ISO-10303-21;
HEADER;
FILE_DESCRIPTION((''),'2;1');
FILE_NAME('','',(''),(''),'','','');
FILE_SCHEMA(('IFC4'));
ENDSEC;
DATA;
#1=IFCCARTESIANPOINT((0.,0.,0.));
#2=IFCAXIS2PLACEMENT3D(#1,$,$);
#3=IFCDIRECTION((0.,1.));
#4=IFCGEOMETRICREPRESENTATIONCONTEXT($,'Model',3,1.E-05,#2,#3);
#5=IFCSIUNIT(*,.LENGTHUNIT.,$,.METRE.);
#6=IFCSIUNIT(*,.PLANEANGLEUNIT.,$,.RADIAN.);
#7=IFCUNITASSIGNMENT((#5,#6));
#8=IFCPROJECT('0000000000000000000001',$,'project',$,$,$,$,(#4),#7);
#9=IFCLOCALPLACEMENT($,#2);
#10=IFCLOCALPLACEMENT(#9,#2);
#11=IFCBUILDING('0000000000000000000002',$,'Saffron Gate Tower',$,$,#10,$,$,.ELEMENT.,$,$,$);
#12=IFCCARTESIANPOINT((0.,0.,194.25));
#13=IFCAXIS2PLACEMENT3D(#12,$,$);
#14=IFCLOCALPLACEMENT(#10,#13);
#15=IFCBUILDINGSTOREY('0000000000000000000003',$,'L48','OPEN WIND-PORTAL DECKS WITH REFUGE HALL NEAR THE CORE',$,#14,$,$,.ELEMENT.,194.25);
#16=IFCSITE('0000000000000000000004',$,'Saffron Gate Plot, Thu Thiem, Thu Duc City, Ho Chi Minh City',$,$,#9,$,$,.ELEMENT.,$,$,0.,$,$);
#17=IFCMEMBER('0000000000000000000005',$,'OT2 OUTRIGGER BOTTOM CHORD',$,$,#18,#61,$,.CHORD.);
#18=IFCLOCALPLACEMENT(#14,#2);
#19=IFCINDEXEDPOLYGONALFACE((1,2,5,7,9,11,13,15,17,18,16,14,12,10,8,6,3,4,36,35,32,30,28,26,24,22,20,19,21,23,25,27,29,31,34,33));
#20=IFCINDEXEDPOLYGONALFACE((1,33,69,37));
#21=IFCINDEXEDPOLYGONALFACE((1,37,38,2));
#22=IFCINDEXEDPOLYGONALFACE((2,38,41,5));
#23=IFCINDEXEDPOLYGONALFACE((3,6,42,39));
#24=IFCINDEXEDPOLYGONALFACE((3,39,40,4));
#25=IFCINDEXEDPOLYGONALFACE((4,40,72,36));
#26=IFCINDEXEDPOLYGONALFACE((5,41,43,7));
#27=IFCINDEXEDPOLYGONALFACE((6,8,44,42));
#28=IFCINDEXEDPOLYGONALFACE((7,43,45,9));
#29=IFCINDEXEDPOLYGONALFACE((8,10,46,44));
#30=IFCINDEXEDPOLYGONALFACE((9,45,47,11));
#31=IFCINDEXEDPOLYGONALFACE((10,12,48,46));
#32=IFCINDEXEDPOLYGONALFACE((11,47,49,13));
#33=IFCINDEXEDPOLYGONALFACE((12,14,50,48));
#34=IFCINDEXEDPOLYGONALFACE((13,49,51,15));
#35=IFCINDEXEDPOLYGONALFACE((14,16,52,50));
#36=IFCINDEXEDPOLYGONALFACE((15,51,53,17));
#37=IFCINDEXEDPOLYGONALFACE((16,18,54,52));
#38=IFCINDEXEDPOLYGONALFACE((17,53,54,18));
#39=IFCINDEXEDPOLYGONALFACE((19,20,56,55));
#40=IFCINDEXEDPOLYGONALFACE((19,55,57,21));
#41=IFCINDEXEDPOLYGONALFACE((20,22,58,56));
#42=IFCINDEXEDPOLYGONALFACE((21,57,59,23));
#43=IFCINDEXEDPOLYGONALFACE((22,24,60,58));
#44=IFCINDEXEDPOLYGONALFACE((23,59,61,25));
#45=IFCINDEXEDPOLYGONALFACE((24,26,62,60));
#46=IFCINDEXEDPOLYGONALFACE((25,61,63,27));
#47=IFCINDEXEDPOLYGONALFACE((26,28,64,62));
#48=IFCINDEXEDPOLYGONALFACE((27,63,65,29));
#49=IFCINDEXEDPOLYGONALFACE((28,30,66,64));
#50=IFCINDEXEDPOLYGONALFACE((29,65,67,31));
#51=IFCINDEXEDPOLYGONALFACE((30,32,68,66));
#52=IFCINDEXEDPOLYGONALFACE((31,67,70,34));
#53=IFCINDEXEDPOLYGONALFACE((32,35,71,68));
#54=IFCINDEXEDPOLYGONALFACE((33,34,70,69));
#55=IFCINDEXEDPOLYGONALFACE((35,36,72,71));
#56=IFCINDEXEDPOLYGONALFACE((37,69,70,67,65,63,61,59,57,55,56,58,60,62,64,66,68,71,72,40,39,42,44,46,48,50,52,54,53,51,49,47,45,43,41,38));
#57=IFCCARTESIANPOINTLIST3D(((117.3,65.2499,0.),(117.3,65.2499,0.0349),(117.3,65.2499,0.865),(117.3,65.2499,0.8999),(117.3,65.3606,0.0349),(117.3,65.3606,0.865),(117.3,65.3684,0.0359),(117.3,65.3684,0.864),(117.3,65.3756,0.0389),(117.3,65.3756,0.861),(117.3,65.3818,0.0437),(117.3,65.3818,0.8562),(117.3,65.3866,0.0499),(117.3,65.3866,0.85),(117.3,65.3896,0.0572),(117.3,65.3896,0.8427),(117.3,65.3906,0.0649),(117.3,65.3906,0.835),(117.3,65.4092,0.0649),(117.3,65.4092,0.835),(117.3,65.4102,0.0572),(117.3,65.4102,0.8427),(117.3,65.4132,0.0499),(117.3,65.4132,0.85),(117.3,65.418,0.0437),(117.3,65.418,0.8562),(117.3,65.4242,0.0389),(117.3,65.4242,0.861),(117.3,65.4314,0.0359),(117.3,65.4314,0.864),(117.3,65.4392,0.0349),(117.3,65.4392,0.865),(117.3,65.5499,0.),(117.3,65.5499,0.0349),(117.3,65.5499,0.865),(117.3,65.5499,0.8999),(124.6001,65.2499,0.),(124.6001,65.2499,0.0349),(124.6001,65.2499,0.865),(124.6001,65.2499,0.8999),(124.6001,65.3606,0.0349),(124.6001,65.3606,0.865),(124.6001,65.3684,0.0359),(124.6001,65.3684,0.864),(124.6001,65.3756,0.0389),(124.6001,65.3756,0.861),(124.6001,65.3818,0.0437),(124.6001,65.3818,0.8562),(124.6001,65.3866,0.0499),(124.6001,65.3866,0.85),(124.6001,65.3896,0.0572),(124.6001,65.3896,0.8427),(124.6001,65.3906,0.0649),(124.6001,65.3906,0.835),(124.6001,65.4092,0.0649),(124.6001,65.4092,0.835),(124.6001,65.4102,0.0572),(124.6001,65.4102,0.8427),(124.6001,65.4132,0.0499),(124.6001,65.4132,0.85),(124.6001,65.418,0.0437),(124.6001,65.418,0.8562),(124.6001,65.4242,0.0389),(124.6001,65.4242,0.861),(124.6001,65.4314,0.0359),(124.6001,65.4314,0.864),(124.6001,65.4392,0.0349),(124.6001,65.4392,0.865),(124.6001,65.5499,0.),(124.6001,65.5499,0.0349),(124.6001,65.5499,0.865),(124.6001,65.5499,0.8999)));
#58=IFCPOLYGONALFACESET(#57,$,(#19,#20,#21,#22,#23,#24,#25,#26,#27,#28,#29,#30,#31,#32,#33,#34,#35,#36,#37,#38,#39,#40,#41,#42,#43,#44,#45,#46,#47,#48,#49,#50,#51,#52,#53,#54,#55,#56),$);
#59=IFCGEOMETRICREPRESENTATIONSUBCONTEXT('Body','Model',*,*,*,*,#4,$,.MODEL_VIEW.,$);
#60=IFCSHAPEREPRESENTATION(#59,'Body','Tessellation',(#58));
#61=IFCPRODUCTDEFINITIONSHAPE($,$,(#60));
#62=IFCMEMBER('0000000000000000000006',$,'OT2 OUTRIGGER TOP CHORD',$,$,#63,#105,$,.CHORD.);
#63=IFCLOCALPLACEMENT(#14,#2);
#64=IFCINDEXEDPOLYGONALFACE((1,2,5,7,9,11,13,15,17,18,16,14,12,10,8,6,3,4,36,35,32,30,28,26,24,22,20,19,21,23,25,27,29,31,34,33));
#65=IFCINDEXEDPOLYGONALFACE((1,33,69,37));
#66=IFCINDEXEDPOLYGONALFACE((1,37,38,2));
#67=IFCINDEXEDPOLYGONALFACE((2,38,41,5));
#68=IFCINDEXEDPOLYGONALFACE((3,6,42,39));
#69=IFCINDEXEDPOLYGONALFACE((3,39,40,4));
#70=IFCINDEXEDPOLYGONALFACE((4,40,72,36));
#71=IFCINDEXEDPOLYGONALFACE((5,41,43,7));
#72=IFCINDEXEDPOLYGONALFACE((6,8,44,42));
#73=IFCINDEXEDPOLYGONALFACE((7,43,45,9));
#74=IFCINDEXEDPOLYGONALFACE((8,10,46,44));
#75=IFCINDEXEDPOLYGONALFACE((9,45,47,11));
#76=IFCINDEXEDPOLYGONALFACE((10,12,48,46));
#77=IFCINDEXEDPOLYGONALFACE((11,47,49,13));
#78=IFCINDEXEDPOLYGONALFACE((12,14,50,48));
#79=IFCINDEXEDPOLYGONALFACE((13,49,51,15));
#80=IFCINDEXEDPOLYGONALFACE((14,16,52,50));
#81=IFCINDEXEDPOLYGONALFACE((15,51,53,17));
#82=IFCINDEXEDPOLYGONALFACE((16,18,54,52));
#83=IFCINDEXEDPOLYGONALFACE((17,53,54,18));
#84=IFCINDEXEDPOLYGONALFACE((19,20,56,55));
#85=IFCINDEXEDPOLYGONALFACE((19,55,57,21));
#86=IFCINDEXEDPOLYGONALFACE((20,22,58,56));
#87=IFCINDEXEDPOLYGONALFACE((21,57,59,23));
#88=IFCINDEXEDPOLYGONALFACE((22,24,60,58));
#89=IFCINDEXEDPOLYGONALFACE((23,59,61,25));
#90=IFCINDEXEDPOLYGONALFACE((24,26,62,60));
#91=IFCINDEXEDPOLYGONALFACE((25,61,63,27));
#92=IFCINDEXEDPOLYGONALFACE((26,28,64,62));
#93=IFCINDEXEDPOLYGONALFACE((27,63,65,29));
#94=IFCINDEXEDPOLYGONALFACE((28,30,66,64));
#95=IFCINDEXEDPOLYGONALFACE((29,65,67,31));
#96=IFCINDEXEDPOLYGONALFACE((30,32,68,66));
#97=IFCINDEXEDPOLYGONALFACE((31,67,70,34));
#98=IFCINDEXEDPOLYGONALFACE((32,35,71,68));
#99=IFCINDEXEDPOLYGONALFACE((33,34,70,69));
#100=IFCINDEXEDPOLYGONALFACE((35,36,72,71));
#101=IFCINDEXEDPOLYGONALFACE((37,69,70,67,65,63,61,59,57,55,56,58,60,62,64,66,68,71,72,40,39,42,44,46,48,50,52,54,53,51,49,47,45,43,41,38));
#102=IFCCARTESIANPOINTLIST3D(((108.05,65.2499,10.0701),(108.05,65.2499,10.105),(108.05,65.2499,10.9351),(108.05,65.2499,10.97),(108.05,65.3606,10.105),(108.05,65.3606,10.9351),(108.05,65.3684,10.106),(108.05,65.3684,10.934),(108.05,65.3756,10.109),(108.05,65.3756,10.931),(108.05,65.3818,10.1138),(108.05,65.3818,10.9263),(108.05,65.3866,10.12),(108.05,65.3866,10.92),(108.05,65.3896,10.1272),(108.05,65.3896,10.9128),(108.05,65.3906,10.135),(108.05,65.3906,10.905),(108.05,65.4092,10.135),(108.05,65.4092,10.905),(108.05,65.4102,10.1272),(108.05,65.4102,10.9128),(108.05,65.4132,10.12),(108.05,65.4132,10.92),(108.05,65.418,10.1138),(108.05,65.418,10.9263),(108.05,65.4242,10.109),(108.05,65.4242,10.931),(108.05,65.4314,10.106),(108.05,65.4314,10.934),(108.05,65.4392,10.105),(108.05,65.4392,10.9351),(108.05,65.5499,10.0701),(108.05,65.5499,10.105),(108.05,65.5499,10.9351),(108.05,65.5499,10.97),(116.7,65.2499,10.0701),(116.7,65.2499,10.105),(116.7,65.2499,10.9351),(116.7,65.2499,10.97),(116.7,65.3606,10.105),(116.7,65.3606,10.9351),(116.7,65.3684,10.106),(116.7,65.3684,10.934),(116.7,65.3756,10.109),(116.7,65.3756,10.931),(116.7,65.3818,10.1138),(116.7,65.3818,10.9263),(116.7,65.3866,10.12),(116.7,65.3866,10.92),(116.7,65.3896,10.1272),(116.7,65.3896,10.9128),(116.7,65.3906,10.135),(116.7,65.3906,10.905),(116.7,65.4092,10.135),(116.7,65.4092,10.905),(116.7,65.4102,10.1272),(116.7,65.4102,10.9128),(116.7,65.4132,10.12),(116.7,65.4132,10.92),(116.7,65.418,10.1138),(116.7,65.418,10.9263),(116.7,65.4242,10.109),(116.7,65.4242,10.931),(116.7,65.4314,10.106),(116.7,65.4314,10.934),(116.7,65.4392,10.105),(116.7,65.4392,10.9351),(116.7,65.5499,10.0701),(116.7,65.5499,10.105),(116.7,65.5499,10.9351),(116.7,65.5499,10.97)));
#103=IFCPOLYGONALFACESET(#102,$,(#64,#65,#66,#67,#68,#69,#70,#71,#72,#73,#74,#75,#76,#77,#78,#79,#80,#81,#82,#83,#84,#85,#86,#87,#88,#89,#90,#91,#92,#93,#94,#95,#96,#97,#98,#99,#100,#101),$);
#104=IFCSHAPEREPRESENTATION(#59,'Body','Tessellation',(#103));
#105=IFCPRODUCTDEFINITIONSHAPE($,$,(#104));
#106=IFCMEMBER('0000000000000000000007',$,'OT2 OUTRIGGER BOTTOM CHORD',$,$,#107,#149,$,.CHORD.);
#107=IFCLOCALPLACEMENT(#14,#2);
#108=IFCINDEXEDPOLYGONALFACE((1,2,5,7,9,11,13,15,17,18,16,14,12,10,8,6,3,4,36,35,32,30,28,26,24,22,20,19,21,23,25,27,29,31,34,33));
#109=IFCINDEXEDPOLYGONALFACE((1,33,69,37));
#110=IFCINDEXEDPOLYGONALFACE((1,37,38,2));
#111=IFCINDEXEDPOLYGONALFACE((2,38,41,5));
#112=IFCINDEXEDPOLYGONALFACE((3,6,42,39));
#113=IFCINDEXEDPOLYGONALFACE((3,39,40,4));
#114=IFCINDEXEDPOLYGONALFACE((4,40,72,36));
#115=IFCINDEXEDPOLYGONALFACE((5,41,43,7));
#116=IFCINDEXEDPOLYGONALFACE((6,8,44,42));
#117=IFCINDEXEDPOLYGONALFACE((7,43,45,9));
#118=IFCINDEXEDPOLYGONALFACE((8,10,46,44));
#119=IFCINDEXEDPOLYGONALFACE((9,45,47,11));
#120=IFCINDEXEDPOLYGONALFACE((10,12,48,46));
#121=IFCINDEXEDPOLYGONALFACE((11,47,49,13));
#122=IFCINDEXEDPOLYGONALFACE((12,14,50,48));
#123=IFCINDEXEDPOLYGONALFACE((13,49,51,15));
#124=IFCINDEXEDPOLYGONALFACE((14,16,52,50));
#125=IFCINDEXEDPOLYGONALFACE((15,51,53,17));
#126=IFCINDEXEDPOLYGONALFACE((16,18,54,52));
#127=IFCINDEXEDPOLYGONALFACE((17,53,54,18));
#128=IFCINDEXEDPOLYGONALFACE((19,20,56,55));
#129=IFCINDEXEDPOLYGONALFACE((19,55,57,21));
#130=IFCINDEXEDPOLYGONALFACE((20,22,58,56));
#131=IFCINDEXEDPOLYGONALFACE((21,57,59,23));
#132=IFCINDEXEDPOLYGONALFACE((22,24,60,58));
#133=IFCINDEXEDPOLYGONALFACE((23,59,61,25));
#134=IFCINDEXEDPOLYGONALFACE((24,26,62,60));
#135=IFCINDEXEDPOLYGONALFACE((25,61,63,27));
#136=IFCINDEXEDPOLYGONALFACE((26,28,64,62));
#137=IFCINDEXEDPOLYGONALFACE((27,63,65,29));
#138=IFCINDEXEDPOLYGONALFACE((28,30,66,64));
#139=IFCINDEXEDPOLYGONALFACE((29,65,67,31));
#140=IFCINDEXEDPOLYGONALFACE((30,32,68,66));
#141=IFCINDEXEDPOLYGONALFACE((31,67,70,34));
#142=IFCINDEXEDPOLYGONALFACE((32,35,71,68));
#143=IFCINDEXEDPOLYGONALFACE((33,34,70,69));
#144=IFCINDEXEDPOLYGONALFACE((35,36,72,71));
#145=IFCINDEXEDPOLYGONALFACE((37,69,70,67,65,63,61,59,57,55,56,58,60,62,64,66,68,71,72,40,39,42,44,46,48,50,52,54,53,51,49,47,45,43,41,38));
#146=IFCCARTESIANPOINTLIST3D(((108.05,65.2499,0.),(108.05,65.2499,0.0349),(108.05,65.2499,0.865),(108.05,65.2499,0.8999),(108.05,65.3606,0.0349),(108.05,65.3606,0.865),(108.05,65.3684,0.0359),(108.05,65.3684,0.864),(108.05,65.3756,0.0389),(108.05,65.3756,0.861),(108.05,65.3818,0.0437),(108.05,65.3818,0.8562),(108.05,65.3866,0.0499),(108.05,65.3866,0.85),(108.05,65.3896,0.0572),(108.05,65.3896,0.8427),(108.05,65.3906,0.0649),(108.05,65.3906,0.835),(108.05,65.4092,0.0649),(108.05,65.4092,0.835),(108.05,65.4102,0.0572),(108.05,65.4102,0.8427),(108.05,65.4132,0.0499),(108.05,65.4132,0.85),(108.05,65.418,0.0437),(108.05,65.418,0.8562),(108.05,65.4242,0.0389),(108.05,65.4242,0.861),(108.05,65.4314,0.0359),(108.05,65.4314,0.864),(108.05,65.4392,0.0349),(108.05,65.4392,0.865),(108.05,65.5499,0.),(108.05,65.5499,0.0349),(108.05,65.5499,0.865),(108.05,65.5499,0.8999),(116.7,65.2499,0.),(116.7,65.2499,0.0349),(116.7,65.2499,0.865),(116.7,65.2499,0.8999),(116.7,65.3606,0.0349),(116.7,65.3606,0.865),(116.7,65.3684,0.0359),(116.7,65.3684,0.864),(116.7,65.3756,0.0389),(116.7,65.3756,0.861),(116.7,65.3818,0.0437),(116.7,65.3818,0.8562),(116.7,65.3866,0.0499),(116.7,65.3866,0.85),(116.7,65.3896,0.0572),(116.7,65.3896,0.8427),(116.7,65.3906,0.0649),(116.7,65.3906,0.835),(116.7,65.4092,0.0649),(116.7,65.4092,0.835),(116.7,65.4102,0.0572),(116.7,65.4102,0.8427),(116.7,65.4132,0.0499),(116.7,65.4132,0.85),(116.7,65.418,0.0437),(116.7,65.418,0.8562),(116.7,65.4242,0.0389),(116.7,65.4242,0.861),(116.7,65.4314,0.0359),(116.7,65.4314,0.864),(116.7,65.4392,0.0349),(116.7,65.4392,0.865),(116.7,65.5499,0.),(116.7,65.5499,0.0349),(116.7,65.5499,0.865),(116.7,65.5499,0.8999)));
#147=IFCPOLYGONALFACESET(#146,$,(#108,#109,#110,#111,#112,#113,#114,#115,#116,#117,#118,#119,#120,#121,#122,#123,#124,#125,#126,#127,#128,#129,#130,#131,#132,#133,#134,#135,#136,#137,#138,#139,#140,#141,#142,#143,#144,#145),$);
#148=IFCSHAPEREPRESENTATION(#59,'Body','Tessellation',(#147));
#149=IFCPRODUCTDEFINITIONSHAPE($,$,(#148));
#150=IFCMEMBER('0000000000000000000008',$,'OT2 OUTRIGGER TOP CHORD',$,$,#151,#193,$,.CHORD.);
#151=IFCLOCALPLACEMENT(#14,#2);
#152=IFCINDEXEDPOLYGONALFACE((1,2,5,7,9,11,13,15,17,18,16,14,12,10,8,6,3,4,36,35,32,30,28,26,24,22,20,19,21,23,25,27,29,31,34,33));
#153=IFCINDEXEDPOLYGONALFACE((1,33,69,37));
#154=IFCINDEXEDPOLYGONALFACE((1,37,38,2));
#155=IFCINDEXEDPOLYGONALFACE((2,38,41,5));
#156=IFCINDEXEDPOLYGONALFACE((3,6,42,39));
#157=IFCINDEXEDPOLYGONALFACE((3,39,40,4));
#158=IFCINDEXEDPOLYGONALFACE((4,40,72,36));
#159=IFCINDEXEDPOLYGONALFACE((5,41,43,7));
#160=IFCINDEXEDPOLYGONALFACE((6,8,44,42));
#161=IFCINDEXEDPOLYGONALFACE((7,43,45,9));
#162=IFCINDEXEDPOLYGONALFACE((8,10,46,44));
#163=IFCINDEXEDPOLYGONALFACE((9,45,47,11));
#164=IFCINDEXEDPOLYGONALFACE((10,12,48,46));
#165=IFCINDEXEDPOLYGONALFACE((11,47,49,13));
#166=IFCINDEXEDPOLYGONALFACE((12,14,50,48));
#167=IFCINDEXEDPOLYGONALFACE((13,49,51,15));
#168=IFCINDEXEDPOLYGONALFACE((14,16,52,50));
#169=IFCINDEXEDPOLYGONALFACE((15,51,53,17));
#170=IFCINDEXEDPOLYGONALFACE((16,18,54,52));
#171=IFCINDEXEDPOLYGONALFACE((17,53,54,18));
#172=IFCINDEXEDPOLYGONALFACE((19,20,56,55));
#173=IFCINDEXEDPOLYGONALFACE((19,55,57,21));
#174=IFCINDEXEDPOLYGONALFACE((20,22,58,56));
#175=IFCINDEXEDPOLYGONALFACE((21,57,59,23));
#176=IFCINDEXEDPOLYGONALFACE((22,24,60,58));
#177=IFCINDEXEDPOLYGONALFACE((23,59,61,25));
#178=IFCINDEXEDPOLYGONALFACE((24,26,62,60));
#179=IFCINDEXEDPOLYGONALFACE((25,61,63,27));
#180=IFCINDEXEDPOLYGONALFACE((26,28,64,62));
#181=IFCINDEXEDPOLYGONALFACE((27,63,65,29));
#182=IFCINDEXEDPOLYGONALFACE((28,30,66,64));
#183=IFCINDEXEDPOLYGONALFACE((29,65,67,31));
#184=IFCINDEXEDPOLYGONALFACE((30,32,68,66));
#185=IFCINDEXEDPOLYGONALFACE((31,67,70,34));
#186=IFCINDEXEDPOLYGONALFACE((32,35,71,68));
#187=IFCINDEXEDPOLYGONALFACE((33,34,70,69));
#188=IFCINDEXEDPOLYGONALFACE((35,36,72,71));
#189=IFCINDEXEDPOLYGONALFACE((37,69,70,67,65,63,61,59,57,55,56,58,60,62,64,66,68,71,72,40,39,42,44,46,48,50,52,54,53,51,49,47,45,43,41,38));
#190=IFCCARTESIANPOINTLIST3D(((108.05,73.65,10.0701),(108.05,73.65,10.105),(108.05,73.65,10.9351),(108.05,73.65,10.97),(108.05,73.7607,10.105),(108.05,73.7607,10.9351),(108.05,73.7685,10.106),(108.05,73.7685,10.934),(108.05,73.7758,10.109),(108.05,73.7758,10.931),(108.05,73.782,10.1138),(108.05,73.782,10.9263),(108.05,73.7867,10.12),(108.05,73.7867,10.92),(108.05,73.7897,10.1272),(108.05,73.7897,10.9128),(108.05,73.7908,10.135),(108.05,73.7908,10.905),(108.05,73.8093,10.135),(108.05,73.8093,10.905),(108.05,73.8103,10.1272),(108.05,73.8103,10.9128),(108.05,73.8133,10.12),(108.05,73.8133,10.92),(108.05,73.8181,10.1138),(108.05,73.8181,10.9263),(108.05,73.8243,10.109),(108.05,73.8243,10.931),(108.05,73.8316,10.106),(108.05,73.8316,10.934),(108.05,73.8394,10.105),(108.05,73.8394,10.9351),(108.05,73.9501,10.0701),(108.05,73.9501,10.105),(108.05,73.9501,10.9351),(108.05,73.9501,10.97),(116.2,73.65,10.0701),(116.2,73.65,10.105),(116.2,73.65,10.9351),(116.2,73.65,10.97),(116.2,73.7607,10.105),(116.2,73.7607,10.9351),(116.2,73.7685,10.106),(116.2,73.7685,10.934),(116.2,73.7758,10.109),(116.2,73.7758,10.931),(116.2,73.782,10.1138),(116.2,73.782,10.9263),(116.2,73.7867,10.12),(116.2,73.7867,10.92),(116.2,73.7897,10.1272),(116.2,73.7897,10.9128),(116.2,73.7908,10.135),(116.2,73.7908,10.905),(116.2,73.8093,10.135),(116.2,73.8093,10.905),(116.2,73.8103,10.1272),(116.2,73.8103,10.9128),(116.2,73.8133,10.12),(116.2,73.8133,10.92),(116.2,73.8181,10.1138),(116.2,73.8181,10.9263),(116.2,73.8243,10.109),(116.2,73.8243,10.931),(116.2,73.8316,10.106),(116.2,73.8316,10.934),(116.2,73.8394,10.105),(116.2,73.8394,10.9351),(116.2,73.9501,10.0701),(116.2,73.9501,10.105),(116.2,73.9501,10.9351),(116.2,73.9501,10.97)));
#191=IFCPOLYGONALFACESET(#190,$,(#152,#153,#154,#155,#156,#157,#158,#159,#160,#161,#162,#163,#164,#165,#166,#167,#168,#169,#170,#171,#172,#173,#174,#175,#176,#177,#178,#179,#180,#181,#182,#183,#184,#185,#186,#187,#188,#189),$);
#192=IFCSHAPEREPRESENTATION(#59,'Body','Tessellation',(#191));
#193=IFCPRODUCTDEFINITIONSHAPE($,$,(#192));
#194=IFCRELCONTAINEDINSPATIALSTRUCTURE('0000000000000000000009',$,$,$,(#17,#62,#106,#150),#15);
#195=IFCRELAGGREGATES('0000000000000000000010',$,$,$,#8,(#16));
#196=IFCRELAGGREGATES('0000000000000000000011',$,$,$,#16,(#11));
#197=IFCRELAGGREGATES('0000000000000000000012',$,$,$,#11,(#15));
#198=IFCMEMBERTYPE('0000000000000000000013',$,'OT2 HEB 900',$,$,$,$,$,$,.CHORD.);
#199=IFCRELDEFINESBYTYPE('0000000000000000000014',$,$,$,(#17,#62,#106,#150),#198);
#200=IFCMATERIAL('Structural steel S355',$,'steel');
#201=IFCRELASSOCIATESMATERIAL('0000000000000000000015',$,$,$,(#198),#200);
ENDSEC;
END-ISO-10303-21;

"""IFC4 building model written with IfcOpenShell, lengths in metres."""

from ifc_helpers import new_model, si_unit, direction, frame, origin, origin_2d, place, context, subcontext, project, spatial, i_section, extrude, material, material_profile, profile_set, type_object, element, save


model = new_model("IFC4")

# Units and contexts
model_context = context("Model", 3, precision=1e-05, world=origin(), true_north=direction((0.0, 1.0)))
body_context = subcontext(model_context, "Body", "Model", "MODEL_VIEW")
ifc_project = project(units=[si_unit("LENGTHUNIT", "METRE"), si_unit("PLANEANGLEUNIT", "RADIAN")], contexts=[model_context])

# Site, building, storey
site_placement = place(None, origin())
site = spatial("IfcSite", under=ifc_project, at=site_placement, Name="Saffron Gate Plot, Thu Thiem, Thu Duc City, Ho Chi Minh City", CompositionType="ELEMENT", RefElevation=0.0)
building_placement = place(site_placement, origin())
building = spatial("IfcBuilding", under=site, at=building_placement, Name="Saffron Gate Tower", CompositionType="ELEMENT")
storey_placement = place(building_placement, frame((0.0, 0.0, 194.25)))
storey = spatial("IfcBuildingStorey", under=building, at=storey_placement, Name="L48", Description="OPEN WIND-PORTAL DECKS WITH REFUGE HALL NEAR THE CORE", CompositionType="ELEMENT", Elevation=194.25)

# Shared definitions
ifc_material_1 = material(Name="Structural steel S355", Category="steel")

# Members
ifc_material_profile_1 = material_profile(ifc_material_1, i_section(OverallWidth=0.3, OverallDepth=0.8999, WebThickness=0.0186, FlangeThickness=0.0349, FilletRadius=0.03, at=origin_2d()))
ifc_profile_set_1 = profile_set([ifc_material_profile_1], Name="Structural steel S355")
member_type_1 = type_object("IfcMemberType", Name="OT2 HEB 900", PredefinedType="CHORD", material=ifc_profile_set_1)
for number, where, z_axis, x_axis, name in (
    (1, (124.6001, 65.3999, 0.45), (-1.0, 0.0, 0.0), (0.0, -1.0, 0.0), "OT2 OUTRIGGER BOTTOM CHORD"),
):
    element("IfcMember", number, at=place(storey_placement, frame(where, z_axis=z_axis, x_axis=x_axis)), inside=storey, type_object=member_type_1, Name=name, PredefinedType="CHORD", context=body_context, shape_type="SweptSolid", body=[
        extrude(i_section(OverallWidth=0.3, OverallDepth=0.8999, WebThickness=0.0186, FlangeThickness=0.0349, FilletRadius=0.03, at=origin_2d()), origin(), (0.0, 0.0, 1.0), 7.3),
    ])
for number, where, z_axis, x_axis, name in (
    (2, (116.7, 65.3999, 10.52), (-1.0, 0.0, 0.0), (0.0, -1.0, 0.0), "OT2 OUTRIGGER TOP CHORD"),
    (3, (116.7, 65.3999, 0.45), (-1.0, 0.0, 0.0), (0.0, -1.0, 0.0), "OT2 OUTRIGGER BOTTOM CHORD"),
):
    element("IfcMember", number, at=place(storey_placement, frame(where, z_axis=z_axis, x_axis=x_axis)), inside=storey, type_object=member_type_1, Name=name, PredefinedType="CHORD", context=body_context, shape_type="SweptSolid", body=[
        extrude(i_section(OverallWidth=0.3, OverallDepth=0.8999, WebThickness=0.0186, FlangeThickness=0.0349, FilletRadius=0.03, at=origin_2d()), origin(), (0.0, 0.0, 1.0), 8.6499),
    ])
for number, where, z_axis, x_axis, name in (
    (4, (116.2, 73.8, 10.52), (-1.0, 0.0, 0.0), (0.0, -1.0, 0.0), "OT2 OUTRIGGER TOP CHORD"),
):
    element("IfcMember", number, at=place(storey_placement, frame(where, z_axis=z_axis, x_axis=x_axis)), inside=storey, type_object=member_type_1, Name=name, PredefinedType="CHORD", context=body_context, shape_type="SweptSolid", body=[
        extrude(i_section(OverallWidth=0.3, OverallDepth=0.8999, WebThickness=0.0186, FlangeThickness=0.0349, FilletRadius=0.03, at=origin_2d()), origin(), (0.0, 0.0, 1.0), 8.1499),
    ])

save(model, "model.ifc")
